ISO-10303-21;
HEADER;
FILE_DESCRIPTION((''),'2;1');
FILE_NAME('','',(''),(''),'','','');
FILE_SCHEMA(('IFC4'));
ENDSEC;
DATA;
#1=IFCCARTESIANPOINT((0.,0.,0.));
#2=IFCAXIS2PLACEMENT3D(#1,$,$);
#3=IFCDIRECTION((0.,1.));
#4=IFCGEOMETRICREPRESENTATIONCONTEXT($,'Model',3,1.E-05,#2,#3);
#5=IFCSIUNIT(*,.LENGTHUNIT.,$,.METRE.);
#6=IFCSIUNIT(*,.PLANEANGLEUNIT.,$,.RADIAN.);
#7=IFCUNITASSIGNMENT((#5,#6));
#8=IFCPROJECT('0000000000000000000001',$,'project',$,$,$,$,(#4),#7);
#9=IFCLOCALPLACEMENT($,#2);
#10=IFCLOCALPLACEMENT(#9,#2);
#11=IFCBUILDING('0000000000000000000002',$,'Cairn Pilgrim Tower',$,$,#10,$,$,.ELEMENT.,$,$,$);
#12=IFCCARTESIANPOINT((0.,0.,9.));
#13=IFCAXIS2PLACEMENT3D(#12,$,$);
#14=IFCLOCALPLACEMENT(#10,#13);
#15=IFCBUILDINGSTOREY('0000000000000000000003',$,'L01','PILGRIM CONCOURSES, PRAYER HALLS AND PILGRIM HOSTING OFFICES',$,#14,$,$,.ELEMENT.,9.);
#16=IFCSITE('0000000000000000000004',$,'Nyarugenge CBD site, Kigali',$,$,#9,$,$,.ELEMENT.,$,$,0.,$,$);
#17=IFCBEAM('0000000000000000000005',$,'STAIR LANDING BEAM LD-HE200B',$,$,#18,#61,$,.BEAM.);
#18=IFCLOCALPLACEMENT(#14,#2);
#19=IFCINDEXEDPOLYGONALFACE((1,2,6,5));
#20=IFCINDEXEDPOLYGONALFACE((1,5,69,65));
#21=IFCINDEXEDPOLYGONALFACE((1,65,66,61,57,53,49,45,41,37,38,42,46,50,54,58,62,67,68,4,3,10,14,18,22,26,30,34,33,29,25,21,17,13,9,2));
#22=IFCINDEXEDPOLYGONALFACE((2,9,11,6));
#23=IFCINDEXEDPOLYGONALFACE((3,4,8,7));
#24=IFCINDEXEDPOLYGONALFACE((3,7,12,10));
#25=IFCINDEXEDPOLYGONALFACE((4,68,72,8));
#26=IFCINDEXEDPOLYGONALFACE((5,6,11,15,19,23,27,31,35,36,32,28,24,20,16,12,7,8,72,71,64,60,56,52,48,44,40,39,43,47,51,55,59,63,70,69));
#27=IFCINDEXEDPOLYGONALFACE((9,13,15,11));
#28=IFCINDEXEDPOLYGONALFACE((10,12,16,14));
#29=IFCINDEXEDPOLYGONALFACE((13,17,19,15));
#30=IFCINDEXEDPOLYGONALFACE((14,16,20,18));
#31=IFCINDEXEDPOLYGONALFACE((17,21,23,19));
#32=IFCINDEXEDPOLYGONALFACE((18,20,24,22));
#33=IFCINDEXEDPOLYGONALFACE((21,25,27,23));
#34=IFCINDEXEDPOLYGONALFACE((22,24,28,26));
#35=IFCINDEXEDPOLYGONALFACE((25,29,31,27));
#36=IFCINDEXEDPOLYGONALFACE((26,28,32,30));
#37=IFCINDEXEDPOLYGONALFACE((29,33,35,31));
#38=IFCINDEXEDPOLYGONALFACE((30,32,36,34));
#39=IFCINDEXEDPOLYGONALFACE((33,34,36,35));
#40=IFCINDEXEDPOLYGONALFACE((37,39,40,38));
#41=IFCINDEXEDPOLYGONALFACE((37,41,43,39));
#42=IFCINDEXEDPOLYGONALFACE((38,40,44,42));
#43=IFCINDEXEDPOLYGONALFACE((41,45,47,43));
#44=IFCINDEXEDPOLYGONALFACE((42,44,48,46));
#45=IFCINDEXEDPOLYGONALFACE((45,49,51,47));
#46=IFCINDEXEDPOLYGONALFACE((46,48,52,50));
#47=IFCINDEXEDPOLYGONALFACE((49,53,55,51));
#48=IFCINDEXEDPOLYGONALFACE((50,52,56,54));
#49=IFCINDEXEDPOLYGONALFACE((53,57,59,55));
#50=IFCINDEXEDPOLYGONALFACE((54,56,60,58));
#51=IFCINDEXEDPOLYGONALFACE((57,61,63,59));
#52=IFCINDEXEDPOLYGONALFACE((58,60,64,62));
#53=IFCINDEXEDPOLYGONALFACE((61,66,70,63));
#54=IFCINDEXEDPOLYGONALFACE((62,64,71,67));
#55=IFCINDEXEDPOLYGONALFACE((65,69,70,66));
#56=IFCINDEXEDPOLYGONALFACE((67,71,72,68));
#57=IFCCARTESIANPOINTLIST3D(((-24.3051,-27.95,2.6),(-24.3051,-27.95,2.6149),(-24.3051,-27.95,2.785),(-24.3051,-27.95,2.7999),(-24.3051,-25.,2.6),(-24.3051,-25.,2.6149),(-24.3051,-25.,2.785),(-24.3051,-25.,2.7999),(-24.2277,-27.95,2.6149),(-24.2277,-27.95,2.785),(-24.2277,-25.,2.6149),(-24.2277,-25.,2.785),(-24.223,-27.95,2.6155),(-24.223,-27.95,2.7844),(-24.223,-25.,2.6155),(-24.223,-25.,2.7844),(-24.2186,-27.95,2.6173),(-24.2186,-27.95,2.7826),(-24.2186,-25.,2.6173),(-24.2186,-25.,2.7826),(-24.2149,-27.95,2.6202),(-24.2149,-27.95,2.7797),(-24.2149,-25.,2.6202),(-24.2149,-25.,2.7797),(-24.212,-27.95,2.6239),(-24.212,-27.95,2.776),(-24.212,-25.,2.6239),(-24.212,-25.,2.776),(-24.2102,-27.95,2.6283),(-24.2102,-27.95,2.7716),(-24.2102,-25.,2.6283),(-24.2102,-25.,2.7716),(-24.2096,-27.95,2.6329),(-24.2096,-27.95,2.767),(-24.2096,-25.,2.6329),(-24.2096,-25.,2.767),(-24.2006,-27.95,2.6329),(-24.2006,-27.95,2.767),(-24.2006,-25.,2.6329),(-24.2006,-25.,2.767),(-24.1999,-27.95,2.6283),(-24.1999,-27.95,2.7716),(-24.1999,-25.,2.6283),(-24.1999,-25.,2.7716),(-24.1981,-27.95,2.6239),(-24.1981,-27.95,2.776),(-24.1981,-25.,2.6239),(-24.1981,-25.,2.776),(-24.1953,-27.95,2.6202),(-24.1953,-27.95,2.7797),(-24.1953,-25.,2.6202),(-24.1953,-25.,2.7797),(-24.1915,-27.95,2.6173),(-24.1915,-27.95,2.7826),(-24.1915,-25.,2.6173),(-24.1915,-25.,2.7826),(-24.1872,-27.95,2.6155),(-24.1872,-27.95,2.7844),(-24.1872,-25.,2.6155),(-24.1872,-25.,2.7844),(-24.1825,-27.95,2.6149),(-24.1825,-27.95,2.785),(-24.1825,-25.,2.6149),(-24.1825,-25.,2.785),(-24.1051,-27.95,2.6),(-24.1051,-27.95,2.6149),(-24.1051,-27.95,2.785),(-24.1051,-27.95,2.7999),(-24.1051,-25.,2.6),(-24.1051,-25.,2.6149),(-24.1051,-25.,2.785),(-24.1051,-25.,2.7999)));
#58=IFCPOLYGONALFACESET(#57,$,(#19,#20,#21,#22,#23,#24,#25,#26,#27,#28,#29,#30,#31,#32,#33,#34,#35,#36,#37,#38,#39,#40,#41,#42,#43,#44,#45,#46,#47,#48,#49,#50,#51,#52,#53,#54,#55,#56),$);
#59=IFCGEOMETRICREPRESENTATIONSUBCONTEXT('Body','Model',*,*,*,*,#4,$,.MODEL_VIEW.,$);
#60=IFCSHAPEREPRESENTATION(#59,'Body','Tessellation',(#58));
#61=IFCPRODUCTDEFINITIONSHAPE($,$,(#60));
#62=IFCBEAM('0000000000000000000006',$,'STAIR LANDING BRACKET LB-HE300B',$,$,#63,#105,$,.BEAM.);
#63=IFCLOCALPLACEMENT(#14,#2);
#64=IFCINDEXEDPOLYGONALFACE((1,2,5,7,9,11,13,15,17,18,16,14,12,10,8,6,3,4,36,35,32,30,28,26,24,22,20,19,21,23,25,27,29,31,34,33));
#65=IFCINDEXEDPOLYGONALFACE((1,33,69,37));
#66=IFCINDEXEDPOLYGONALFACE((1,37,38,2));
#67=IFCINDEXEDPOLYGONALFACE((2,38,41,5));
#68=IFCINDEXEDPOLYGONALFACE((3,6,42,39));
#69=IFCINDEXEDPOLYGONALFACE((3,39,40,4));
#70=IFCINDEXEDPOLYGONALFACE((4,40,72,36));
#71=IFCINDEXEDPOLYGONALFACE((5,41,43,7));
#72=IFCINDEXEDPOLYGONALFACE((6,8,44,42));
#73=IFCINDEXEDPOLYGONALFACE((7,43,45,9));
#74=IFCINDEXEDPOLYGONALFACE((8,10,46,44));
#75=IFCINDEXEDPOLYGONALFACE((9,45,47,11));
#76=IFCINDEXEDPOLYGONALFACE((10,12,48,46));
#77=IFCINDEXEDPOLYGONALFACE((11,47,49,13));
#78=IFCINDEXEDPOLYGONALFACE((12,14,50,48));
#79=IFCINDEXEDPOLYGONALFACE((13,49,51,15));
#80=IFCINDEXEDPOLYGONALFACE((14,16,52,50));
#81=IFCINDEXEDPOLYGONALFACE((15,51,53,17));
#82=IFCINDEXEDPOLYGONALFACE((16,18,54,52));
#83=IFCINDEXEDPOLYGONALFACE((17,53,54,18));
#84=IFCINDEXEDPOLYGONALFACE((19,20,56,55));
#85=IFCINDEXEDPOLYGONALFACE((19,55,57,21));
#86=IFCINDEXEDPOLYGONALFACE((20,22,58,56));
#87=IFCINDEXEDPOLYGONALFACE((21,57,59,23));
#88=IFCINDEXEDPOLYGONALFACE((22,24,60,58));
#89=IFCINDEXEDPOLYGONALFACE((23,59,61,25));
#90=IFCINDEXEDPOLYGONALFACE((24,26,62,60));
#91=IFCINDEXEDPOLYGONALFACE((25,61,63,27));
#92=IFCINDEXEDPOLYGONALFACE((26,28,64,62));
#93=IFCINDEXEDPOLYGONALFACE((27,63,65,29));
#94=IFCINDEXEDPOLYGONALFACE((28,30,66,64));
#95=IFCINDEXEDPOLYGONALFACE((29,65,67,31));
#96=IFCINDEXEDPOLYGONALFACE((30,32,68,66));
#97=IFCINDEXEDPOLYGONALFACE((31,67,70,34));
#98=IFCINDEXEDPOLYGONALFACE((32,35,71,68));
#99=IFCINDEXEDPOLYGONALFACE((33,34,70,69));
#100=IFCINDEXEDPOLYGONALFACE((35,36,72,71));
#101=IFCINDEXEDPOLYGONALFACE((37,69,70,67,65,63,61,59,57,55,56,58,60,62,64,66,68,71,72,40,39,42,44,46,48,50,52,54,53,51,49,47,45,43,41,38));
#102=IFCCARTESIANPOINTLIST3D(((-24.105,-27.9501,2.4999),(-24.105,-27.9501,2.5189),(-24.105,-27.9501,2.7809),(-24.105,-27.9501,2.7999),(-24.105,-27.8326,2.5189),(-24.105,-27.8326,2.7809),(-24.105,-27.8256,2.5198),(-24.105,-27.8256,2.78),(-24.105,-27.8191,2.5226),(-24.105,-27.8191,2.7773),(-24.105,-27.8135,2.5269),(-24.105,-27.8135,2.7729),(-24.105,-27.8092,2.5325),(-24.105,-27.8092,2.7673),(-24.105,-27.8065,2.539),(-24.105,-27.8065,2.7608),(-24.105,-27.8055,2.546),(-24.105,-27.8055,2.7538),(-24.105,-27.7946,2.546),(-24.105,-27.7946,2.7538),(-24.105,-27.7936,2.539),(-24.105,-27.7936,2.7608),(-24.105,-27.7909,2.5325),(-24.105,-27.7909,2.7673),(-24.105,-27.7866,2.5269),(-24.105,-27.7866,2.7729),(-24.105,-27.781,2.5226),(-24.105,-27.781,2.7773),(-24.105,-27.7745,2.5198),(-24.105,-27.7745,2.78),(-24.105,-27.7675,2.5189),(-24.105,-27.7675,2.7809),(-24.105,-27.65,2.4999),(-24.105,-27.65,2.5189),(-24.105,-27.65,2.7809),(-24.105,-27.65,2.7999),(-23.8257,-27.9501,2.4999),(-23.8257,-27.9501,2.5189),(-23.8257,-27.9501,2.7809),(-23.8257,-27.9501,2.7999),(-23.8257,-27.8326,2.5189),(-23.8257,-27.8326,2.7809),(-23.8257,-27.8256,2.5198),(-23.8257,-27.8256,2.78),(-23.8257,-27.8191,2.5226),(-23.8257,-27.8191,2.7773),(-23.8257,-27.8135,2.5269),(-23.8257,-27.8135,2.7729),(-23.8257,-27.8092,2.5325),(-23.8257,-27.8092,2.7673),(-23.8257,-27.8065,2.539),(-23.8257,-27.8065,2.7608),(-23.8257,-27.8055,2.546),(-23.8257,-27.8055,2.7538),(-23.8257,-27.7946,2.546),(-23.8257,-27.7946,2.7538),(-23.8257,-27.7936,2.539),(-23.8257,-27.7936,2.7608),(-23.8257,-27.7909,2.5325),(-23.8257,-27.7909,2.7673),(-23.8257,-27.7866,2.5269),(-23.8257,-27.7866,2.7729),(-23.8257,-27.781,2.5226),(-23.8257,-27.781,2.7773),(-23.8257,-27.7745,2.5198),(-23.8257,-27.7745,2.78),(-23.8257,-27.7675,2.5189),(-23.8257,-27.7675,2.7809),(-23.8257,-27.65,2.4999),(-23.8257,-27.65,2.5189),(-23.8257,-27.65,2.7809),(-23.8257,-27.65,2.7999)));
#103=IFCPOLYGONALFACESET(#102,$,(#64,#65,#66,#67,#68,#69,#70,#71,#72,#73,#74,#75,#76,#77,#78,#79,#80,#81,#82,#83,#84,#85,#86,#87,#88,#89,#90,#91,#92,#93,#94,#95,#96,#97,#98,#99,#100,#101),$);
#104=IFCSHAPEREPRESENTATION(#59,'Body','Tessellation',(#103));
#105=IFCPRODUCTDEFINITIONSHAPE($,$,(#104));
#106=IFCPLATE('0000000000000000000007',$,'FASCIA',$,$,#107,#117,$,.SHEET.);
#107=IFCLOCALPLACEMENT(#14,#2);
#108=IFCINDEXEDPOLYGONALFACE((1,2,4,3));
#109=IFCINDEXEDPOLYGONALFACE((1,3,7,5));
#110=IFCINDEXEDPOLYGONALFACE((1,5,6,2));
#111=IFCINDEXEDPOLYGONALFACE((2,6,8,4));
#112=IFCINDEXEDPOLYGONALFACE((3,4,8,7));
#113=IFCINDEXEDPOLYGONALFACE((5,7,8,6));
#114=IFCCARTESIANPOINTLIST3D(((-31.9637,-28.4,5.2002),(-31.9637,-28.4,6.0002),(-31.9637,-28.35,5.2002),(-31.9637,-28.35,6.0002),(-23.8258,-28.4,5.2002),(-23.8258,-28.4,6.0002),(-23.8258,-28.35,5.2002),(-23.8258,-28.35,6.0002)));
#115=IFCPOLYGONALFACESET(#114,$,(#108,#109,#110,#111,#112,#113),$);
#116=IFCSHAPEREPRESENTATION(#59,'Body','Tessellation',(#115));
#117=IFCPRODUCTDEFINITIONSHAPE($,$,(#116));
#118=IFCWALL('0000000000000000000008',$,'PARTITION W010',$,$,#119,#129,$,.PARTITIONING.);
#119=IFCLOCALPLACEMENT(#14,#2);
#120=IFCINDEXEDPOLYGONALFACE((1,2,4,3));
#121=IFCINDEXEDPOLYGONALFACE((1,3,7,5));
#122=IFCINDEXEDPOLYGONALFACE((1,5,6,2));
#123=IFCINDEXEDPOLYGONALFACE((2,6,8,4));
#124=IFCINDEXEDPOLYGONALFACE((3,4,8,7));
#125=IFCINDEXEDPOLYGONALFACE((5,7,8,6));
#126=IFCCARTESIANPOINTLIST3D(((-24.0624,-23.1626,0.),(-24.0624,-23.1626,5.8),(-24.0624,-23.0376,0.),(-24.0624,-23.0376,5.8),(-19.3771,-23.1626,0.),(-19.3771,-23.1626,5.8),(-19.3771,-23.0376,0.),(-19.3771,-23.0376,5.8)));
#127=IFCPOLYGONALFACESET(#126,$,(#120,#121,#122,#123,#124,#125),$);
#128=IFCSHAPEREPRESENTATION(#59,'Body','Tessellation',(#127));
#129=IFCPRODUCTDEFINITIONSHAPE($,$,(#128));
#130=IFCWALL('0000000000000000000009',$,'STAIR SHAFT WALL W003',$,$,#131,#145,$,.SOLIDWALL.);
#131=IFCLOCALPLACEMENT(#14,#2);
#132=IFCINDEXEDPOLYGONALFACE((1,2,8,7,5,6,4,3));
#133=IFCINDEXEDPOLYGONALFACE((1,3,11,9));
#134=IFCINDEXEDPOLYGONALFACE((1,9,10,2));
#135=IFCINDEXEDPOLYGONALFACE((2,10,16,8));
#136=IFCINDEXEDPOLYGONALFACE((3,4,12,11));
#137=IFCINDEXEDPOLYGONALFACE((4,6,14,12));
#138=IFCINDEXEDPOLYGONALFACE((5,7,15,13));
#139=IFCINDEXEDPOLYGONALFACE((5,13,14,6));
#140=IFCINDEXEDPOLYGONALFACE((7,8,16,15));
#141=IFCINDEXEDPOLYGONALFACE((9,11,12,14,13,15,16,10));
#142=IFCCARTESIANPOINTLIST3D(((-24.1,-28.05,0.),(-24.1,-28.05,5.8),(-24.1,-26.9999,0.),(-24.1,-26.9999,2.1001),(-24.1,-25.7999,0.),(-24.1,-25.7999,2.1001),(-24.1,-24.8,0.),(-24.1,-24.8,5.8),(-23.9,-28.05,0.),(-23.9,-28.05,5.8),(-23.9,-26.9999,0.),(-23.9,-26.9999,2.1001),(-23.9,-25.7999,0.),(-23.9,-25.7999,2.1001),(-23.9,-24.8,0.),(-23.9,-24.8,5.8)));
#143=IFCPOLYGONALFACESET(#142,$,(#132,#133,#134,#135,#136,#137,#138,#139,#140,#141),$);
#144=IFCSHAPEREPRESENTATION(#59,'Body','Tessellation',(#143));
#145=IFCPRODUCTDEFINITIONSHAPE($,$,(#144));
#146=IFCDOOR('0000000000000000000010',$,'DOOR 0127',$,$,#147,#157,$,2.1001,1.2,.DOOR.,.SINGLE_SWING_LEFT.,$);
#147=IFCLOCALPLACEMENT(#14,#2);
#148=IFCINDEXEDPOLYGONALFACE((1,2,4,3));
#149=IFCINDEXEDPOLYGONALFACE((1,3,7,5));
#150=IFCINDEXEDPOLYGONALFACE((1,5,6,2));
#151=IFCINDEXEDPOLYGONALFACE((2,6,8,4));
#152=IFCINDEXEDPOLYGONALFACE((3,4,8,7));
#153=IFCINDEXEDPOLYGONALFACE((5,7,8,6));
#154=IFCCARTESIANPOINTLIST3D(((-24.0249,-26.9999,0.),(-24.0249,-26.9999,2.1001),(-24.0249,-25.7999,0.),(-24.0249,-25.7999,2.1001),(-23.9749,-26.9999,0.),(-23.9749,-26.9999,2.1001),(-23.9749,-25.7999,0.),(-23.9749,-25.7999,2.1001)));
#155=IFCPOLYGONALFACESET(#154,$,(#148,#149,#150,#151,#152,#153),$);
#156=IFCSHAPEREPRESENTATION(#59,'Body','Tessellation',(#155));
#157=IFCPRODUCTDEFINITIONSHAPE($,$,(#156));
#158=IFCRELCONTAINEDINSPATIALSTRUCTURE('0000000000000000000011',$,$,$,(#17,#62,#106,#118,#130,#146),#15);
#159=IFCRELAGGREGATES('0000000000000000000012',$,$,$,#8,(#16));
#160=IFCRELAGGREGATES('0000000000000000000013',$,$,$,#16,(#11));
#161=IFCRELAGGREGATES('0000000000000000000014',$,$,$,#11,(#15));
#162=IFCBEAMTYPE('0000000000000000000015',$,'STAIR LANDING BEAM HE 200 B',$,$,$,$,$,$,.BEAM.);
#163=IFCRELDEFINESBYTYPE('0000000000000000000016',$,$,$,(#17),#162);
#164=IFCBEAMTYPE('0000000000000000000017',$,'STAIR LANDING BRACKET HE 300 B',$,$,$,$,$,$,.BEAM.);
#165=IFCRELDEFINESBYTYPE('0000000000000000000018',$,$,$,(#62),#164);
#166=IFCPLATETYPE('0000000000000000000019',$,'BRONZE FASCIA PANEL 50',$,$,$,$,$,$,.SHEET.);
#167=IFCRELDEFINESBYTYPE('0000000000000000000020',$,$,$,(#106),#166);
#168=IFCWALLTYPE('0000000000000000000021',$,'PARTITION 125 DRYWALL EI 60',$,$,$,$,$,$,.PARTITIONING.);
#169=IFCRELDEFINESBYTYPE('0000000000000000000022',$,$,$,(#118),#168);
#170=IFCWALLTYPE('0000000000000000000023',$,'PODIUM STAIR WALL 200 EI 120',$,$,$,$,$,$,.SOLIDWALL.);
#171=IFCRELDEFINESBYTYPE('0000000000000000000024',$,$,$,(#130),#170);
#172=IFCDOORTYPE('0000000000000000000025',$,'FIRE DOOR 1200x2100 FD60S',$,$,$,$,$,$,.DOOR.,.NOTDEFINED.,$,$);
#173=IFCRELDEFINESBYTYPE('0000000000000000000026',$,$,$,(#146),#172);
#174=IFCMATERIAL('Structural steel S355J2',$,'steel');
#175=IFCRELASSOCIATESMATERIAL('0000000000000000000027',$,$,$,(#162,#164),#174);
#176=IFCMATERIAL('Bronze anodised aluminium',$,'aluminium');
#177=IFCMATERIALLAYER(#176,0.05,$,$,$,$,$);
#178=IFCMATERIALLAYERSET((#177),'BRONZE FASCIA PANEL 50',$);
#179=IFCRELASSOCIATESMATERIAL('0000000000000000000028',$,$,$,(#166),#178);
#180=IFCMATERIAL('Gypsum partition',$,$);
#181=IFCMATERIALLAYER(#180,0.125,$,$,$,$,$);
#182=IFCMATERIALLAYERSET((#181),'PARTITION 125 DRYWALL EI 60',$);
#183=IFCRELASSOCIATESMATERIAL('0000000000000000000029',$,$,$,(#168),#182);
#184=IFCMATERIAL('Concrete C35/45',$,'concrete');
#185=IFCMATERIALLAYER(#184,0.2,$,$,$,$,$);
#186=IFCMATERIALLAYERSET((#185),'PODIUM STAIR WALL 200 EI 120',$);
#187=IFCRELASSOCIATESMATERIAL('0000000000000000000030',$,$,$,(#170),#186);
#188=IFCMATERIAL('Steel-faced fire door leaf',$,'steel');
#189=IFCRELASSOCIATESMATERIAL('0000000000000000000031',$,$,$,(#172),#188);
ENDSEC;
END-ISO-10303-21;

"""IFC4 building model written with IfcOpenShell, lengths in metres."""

from ifc_helpers import new_model, si_unit, direction, frame, frame_2d, origin, origin_2d, place, context, subcontext, project, spatial, rectangle, i_section, extrude, material, layer, layer_set, material_profile, profile_set, type_object, element, fill, save


model = new_model("IFC4")

# Units and contexts
model_context = context("Model", 3, precision=1e-05, world=origin(), true_north=direction((0.0, 1.0)))
body_context = subcontext(model_context, "Body", "Model", "MODEL_VIEW")
ifc_project = project(units=[si_unit("LENGTHUNIT", "METRE"), si_unit("PLANEANGLEUNIT", "RADIAN")], contexts=[model_context])

# Site, building, storey
site_placement = place(None, origin())
site = spatial("IfcSite", under=ifc_project, at=site_placement, Name="Nyarugenge CBD site, Kigali", CompositionType="ELEMENT", RefElevation=0.0)
building_placement = place(site_placement, origin())
building = spatial("IfcBuilding", under=site, at=building_placement, Name="Cairn Pilgrim Tower", CompositionType="ELEMENT")
storey_placement = place(building_placement, frame((0.0, 0.0, 9.0)))
storey = spatial("IfcBuildingStorey", under=building, at=storey_placement, Name="L01", Description="PILGRIM CONCOURSES, PRAYER HALLS AND PILGRIM HOSTING OFFICES", CompositionType="ELEMENT", Elevation=9.0)

# Shared definitions
ifc_material_1 = material(Name="Structural steel S355J2", Category="steel")

# Beams
ifc_material_profile_1 = material_profile(ifc_material_1, i_section(OverallWidth=0.2, OverallDepth=0.2, WebThickness=0.009, FlangeThickness=0.0149, FilletRadius=0.0181, at=origin_2d()), Name="HE 200 B")
ifc_profile_set_1 = profile_set([ifc_material_profile_1], Name="Structural steel S355J2")
beam_type_1 = type_object("IfcBeamType", Name="STAIR LANDING BEAM HE 200 B", PredefinedType="BEAM", material=ifc_profile_set_1)
beam_1_placement = place(storey_placement, frame((-24.2051, -27.95, 2.7), z_axis=(0.0, 1.0, 0.0), x_axis=(-1.0, 0.0, 0.0)))
element("IfcBeam", 1, at=beam_1_placement, inside=storey, type_object=beam_type_1, Name="STAIR LANDING BEAM LD-HE200B", PredefinedType="BEAM", context=body_context, shape_type="SweptSolid", body=[
    extrude(i_section(OverallWidth=0.2, OverallDepth=0.2, WebThickness=0.009, FlangeThickness=0.0149, FilletRadius=0.0181, at=origin_2d()), origin(), (0.0, 0.0, 1.0), 2.95),
])
ifc_material_profile_2 = material_profile(ifc_material_1, i_section(OverallWidth=0.3, OverallDepth=0.3, WebThickness=0.011, FlangeThickness=0.019, FilletRadius=0.0271, at=origin_2d()), Name="HE 300 B")
ifc_profile_set_2 = profile_set([ifc_material_profile_2], Name="Structural steel S355J2")
beam_type_2 = type_object("IfcBeamType", Name="STAIR LANDING BRACKET HE 300 B", PredefinedType="BEAM", material=ifc_profile_set_2)
beam_2_placement = place(storey_placement, frame((-23.8257, -27.8, 2.6499), z_axis=(-1.0, 0.0, 0.0), x_axis=(0.0, -1.0, 0.0)))
element("IfcBeam", 2, at=beam_2_placement, inside=storey, type_object=beam_type_2, Name="STAIR LANDING BRACKET LB-HE300B", PredefinedType="BEAM", context=body_context, shape_type="SweptSolid", body=[
    extrude(i_section(OverallWidth=0.3, OverallDepth=0.3, WebThickness=0.011, FlangeThickness=0.019, FilletRadius=0.0271, at=origin_2d()), origin(), (0.0, 0.0, 1.0), 0.2793),
])

# Plate
ifc_material_2 = material(Name="Bronze anodised aluminium", Category="aluminium")
ifc_layer_1 = layer(ifc_material_2, 0.05)
ifc_layer_set_1 = layer_set([ifc_layer_1], Name="BRONZE FASCIA PANEL 50")
plate_type = type_object("IfcPlateType", Name="BRONZE FASCIA PANEL 50", PredefinedType="SHEET", material=ifc_layer_set_1)
plate_placement = place(storey_placement, frame((-27.8948, -28.375, 5.2002), z_axis=(0.0, 0.0, 1.0), x_axis=(1.0, 0.0, 0.0)))
element("IfcPlate", 3, at=plate_placement, inside=storey, type_object=plate_type, Name="FASCIA", PredefinedType="SHEET", context=body_context, shape_type="SweptSolid", body=[
    extrude(rectangle(XDim=8.1379, YDim=0.05, at=origin_2d()), origin(), (0.0, 0.0, 1.0), 0.8),
])

# Wall
ifc_material_3 = material(Name="Gypsum partition")
ifc_layer_2 = layer(ifc_material_3, 0.125)
ifc_layer_set_2 = layer_set([ifc_layer_2], Name="PARTITION 125 DRYWALL EI 60")
wall_type_1 = type_object("IfcWallType", Name="PARTITION 125 DRYWALL EI 60", PredefinedType="PARTITIONING", material=ifc_layer_set_2)
wall_1_placement = place(storey_placement, frame((-24.0625, -23.1001, 0.0), z_axis=(0.0, 0.0, 1.0), x_axis=(1.0, 0.0, 0.0)))
element("IfcWall", 4, at=wall_1_placement, inside=storey, type_object=wall_type_1, Name="PARTITION W010", PredefinedType="PARTITIONING", context=body_context, shape_type="SweptSolid", body=[
    extrude(rectangle(XDim=4.6853, YDim=0.125, at=frame_2d((2.3428, 0.0))), origin(), (0.0, 0.0, 1.0), 5.8),
])

# Wall, opening, door
ifc_material_4 = material(Name="Concrete C35/45", Category="concrete")
ifc_layer_3 = layer(ifc_material_4, 0.2)
ifc_layer_set_3 = layer_set([ifc_layer_3], Name="PODIUM STAIR WALL 200 EI 120")
wall_type_2 = type_object("IfcWallType", Name="PODIUM STAIR WALL 200 EI 120", PredefinedType="SOLIDWALL", material=ifc_layer_set_3)
wall_2_placement = place(storey_placement, frame((-24.0, -28.05, 0.0), z_axis=(0.0, 0.0, 1.0), x_axis=(0.0, 1.0, 0.0)))
wall_2 = element("IfcWall", 5, at=wall_2_placement, inside=storey, type_object=wall_type_2, Name="STAIR SHAFT WALL W003", PredefinedType="SOLIDWALL", context=body_context, shape_type="SweptSolid", body=[
    extrude(rectangle(XDim=3.25, YDim=0.2, at=frame_2d((1.625, 0.0))), origin(), (0.0, 0.0, 1.0), 5.8),
])
opening_1_placement = place(wall_2_placement, frame((1.05, 0.0, 0.0)))
opening_1 = element("IfcOpeningElement", 6, at=opening_1_placement, cuts=wall_2, PredefinedType="OPENING", context=body_context, shape_type="SweptSolid", body=[
    extrude(rectangle(XDim=1.2, YDim=2.1001, at=frame_2d((0.6001, 1.05))), frame((0.0, 0.1099, 0.0), z_axis=(0.0, -1.0, 0.0), x_axis=(1.0, 0.0, 0.0)), (0.0, 0.0, 1.0), 0.22),
])
ifc_material_5 = material(Name="Steel-faced fire door leaf", Category="steel")
door_type = type_object("IfcDoorType", Name="FIRE DOOR 1200x2100 FD60S", OperationType="NOTDEFINED", PredefinedType="DOOR", material=ifc_material_5)
door_placement = place(opening_1_placement, origin())
door = element("IfcDoor", 7, at=door_placement, inside=storey, type_object=door_type, Name="DOOR 0127", OperationType="SINGLE_SWING_LEFT", OverallHeight=2.1001, OverallWidth=1.2, PredefinedType="DOOR", context=body_context, shape_type="SweptSolid", body=[
    extrude(rectangle(XDim=1.2, YDim=2.1001, at=frame_2d((0.6001, 1.05))), frame((0.0, 0.0249, 0.0), z_axis=(0.0, -1.0, 0.0), x_axis=(1.0, 0.0, 0.0)), (0.0, 0.0, 1.0), 0.05),
])
fill(opening_1, door)

save(model, "model.ifc")
